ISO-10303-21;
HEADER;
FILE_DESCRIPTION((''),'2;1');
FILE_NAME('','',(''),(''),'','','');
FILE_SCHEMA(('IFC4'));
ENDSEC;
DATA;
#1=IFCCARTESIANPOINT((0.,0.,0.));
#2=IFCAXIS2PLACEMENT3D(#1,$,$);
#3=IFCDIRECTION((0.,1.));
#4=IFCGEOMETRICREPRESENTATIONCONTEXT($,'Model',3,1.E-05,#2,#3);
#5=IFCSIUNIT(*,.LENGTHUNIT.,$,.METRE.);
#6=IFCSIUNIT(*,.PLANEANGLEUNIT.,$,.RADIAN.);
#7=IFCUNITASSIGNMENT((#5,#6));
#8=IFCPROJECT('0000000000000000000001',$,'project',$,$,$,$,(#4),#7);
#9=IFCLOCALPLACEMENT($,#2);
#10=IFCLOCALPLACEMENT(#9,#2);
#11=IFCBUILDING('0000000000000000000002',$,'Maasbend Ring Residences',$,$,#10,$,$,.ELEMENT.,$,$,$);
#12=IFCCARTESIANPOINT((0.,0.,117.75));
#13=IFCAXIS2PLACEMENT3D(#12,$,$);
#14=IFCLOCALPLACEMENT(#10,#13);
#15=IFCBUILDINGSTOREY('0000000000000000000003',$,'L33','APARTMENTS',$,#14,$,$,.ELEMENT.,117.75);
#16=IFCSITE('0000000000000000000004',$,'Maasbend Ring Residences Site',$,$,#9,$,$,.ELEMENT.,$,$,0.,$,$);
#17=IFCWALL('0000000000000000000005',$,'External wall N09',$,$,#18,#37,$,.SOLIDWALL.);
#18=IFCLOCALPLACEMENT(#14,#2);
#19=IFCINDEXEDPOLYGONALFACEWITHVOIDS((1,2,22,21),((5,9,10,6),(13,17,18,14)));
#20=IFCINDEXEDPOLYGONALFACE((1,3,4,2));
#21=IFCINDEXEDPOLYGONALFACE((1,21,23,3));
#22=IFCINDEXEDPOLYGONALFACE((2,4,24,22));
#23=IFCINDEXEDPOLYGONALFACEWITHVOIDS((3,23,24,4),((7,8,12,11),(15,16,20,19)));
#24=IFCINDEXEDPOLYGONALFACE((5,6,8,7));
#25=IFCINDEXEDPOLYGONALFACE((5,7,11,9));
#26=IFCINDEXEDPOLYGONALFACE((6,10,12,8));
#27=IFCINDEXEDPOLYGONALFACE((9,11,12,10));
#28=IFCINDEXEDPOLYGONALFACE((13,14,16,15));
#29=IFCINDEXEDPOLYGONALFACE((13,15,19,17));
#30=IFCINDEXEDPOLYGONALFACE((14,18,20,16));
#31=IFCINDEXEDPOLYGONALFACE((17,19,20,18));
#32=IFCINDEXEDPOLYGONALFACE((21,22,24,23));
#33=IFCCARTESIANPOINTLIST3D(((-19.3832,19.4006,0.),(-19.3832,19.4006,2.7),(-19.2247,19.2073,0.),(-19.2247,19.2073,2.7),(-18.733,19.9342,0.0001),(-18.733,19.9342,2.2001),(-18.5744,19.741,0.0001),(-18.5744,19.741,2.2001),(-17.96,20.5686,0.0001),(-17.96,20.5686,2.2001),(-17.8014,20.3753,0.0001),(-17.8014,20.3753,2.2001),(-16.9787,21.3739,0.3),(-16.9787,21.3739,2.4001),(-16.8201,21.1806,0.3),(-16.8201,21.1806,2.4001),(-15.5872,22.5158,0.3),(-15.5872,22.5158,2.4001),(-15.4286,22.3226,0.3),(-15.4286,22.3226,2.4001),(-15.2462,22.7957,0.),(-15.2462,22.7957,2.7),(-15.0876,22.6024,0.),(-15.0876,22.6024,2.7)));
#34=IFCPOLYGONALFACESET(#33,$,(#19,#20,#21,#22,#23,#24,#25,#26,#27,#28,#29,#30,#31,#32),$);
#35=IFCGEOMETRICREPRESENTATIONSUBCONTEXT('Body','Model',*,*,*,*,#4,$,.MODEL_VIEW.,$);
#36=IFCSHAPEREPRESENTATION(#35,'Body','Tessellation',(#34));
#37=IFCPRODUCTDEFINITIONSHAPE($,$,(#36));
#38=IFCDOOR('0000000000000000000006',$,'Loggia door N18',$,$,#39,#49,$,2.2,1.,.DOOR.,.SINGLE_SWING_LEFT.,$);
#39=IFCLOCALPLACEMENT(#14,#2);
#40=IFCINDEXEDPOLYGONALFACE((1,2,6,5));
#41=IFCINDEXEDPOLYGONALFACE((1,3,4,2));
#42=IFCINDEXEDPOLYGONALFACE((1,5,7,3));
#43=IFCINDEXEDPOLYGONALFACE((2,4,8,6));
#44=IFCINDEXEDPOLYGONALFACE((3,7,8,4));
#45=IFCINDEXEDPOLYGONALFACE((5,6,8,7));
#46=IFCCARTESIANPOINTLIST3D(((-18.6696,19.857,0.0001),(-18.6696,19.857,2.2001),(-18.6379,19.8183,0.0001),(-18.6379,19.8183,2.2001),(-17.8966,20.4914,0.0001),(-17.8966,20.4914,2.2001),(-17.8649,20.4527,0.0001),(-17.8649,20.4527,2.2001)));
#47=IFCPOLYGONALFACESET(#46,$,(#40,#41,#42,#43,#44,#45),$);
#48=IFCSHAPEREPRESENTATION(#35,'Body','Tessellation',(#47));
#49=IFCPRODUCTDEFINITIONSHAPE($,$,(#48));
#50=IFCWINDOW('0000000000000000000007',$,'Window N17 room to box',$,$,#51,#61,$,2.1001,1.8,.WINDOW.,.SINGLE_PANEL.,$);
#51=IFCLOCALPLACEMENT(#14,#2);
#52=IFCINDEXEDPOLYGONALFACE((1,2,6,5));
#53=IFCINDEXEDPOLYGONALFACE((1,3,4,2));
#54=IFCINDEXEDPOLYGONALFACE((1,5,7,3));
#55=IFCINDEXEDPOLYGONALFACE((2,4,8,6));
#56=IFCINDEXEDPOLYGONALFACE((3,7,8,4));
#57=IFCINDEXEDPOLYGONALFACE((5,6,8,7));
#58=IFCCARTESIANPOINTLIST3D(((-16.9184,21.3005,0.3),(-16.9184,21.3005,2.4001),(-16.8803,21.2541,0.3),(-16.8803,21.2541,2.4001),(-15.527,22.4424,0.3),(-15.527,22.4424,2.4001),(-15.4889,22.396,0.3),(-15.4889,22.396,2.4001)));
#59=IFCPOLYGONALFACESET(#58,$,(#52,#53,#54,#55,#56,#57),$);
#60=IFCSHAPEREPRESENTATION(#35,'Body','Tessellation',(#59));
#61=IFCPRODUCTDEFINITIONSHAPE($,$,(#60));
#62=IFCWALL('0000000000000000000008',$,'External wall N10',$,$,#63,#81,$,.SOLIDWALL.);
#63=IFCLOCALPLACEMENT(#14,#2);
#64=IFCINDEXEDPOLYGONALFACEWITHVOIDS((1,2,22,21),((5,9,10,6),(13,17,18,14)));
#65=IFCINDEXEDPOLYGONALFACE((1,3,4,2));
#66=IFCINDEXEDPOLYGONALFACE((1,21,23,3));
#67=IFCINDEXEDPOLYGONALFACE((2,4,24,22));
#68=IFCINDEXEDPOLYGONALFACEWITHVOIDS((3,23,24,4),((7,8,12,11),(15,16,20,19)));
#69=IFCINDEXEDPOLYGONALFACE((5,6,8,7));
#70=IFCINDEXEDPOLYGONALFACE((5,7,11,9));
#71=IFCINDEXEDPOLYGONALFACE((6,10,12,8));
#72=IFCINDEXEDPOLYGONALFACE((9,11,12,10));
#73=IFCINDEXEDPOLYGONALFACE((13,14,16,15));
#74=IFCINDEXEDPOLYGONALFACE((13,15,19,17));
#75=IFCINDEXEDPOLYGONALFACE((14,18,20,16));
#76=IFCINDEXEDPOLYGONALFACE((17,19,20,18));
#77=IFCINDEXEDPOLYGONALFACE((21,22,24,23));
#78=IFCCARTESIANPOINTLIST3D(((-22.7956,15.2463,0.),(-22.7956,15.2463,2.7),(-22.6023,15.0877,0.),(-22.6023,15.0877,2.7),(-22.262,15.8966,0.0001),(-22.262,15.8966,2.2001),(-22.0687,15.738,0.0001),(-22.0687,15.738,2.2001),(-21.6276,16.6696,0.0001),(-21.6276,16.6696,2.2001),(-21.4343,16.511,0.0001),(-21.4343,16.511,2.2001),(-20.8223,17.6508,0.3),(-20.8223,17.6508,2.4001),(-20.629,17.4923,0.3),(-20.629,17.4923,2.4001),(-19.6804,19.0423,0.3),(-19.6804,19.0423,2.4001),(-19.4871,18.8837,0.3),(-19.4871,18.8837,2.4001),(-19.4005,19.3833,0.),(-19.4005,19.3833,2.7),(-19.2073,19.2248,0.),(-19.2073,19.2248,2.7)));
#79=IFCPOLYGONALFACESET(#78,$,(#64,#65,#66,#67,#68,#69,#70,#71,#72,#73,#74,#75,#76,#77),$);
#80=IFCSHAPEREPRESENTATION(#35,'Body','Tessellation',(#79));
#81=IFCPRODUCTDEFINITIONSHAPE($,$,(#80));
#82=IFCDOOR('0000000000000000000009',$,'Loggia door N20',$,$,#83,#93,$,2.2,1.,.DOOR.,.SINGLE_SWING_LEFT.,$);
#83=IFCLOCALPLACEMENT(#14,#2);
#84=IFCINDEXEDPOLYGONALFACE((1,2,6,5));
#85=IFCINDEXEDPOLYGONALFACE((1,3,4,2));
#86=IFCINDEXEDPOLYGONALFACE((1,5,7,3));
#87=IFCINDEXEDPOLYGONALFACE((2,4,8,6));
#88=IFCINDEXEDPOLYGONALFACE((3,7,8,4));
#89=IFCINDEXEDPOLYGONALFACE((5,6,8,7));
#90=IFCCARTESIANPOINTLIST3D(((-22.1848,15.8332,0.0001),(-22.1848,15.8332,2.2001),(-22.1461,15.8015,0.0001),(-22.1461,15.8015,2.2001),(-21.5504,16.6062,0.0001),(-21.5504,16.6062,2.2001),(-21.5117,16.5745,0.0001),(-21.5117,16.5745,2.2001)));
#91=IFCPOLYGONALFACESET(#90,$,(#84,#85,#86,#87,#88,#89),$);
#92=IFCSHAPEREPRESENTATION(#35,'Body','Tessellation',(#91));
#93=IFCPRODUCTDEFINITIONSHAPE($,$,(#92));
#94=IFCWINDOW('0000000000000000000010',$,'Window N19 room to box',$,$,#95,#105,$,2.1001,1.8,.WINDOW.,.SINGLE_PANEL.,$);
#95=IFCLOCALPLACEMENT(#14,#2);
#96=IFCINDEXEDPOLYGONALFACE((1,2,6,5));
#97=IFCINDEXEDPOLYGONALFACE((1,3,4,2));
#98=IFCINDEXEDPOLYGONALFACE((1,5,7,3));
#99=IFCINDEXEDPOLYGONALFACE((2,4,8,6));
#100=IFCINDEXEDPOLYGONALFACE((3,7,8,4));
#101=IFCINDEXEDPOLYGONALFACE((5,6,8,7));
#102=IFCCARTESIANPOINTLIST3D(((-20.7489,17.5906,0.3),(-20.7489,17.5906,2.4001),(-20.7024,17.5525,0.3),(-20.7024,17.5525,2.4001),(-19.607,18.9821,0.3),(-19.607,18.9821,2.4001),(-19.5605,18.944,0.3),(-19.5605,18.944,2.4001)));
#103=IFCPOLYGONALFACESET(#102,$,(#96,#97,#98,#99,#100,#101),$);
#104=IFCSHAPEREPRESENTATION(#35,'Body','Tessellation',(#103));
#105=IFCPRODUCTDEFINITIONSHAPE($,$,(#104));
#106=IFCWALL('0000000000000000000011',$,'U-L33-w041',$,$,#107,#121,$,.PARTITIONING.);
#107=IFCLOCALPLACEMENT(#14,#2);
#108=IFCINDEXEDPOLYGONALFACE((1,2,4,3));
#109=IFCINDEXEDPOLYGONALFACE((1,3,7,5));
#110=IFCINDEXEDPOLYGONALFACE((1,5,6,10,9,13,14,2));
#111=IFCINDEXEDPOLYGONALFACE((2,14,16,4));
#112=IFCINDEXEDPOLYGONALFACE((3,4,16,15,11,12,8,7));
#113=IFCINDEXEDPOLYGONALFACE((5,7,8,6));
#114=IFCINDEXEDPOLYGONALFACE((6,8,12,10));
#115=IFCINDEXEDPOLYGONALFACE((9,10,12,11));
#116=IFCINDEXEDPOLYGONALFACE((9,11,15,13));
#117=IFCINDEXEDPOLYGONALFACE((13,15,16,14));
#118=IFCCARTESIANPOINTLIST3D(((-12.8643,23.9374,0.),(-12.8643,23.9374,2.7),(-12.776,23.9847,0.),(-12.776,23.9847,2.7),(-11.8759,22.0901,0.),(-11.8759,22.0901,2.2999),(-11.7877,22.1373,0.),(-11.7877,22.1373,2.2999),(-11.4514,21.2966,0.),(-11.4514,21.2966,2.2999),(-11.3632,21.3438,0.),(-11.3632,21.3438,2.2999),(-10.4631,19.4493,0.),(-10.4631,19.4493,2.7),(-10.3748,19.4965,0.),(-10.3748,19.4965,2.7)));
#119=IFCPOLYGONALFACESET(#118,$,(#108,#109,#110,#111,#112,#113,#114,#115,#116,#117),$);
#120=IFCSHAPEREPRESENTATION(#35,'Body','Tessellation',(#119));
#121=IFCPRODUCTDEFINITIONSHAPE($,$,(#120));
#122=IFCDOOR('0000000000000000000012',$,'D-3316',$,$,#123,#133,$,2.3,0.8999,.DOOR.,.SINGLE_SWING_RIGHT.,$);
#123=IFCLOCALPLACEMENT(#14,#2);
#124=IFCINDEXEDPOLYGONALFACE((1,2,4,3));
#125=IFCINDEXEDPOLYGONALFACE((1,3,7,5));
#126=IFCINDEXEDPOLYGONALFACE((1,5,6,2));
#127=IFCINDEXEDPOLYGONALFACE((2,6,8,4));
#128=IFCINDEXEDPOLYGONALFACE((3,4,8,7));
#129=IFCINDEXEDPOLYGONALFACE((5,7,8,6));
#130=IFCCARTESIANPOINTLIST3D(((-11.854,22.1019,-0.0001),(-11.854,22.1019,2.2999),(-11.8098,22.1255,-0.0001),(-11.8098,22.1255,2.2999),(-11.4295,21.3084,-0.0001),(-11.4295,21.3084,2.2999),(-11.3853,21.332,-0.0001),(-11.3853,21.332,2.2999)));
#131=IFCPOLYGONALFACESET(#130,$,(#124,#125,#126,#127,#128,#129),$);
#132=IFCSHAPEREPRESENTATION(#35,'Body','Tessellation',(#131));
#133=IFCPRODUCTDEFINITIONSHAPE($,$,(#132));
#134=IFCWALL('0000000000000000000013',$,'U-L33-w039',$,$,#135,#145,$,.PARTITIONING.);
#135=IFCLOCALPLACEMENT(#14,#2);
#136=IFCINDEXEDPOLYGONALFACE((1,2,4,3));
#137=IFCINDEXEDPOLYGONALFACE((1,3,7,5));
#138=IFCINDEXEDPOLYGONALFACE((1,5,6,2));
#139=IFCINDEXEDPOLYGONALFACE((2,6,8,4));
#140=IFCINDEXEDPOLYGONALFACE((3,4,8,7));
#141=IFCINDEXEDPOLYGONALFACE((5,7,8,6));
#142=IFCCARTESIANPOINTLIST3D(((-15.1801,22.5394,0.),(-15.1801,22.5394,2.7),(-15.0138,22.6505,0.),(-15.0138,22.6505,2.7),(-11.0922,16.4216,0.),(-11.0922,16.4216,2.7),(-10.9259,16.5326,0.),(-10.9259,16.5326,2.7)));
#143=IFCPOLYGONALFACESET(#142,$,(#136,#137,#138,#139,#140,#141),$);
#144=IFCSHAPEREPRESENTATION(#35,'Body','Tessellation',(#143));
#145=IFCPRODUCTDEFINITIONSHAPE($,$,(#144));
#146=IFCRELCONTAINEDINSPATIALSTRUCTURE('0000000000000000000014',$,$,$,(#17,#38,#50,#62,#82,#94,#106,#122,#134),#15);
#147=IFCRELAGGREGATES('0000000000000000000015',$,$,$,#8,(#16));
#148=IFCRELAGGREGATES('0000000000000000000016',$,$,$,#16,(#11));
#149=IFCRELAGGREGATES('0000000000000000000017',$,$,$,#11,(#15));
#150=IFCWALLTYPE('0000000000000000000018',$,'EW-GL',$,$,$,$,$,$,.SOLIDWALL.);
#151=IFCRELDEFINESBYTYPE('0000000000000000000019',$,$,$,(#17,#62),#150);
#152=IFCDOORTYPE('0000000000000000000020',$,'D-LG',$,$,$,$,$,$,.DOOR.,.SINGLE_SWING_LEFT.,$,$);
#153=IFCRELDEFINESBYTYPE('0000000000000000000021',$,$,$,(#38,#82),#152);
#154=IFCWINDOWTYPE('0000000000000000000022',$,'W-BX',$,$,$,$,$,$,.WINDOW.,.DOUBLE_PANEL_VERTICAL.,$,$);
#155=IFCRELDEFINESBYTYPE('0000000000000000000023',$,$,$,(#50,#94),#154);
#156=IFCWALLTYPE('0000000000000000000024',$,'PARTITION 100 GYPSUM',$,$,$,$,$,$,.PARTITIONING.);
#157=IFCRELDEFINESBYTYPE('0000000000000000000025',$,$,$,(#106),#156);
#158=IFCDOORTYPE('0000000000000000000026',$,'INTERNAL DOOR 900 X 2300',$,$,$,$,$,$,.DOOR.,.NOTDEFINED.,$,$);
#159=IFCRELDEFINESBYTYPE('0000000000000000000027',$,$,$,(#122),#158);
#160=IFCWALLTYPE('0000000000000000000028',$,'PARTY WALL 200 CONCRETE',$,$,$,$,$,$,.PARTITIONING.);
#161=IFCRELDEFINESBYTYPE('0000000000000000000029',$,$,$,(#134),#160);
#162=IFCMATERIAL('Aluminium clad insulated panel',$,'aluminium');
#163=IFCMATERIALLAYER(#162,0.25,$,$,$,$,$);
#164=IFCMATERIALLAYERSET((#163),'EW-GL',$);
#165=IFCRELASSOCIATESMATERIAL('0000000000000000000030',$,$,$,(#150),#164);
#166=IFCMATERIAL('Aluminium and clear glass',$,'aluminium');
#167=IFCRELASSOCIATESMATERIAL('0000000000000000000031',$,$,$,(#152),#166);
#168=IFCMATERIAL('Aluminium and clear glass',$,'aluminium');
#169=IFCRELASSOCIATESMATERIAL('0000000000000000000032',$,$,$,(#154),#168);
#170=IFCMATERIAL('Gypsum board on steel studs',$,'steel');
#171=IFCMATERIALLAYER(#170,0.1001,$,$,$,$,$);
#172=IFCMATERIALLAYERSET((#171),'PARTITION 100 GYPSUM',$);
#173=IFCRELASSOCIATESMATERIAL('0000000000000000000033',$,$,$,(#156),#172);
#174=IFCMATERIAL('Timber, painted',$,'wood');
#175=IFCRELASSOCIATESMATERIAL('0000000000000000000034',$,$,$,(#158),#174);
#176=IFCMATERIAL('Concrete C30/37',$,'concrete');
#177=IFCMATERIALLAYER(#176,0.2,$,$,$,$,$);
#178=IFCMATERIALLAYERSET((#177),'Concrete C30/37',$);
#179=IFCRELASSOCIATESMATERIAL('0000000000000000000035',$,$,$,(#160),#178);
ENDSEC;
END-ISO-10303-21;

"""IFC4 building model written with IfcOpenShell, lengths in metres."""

from ifc_helpers import new_model, si_unit, direction, frame, frame_2d, origin, place, context, subcontext, project, spatial, rectangle, extrude, material, layer, layer_set, type_object, element, fill, save


model = new_model("IFC4")

# Units and contexts
model_context = context("Model", 3, precision=1e-05, world=origin(), true_north=direction((0.0, 1.0)))
body_context = subcontext(model_context, "Body", "Model", "MODEL_VIEW")
ifc_project = project(units=[si_unit("LENGTHUNIT", "METRE"), si_unit("PLANEANGLEUNIT", "RADIAN")], contexts=[model_context])

# Site, building, storey
site_placement = place(None, origin())
site = spatial("IfcSite", under=ifc_project, at=site_placement, Name="Maasbend Ring Residences Site", CompositionType="ELEMENT", RefElevation=0.0)
building_placement = place(site_placement, origin())
building = spatial("IfcBuilding", under=site, at=building_placement, Name="Maasbend Ring Residences", CompositionType="ELEMENT")
storey_placement = place(building_placement, frame((0.0, 0.0, 117.75)))
storey = spatial("IfcBuildingStorey", under=building, at=storey_placement, Name="L33", Description="APARTMENTS", CompositionType="ELEMENT", Elevation=117.75)

# Walls, openings, doors, windows
ifc_material_1 = material(Name="Aluminium clad insulated panel", Category="aluminium")
ifc_layer_1 = layer(ifc_material_1, 0.25)
ifc_layer_set_1 = layer_set([ifc_layer_1], Name="EW-GL")
wall_type_1 = type_object("IfcWallType", Name="EW-GL", PredefinedType="SOLIDWALL", material=ifc_layer_set_1)
wall_1_placement = place(storey_placement, frame((-15.167, 22.699, 0.0), z_axis=(0.0, 0.0, 1.0), x_axis=(-0.773019, -0.634382, 0.0)))
wall_1 = element("IfcWall", 1, at=wall_1_placement, inside=storey, type_object=wall_type_1, Name="External wall N09", PredefinedType="SOLIDWALL", context=body_context, shape_type="SweptSolid", body=[
    extrude(rectangle(XDim=5.3518, YDim=0.25, at=frame_2d((2.6758, 0.0))), origin(), (0.0, 0.0, 1.0), 2.7),
])
opening_1_placement = place(wall_1_placement, frame((0.4412, 0.0, 0.3)))
opening_1 = element("IfcOpeningElement", 2, at=opening_1_placement, cuts=wall_1, PredefinedType="OPENING", context=body_context, shape_type="SweptSolid", body=[
    extrude(rectangle(XDim=1.8, YDim=2.1001, at=frame_2d((0.8999, 1.05))), frame((0.0, 0.135, 0.0), z_axis=(0.0, -1.0, 0.0), x_axis=(1.0, 0.0, 0.0)), (0.0, 0.0, 1.0), 0.27),
])
opening_2_placement = place(wall_1_placement, frame((3.5105, 0.0, 0.0)))
opening_2 = element("IfcOpeningElement", 3, at=opening_2_placement, cuts=wall_1, PredefinedType="OPENING", context=body_context, shape_type="SweptSolid", body=[
    extrude(rectangle(XDim=1.0, YDim=2.2, at=frame_2d((0.5, 1.1001))), frame((0.0, 0.135, 0.0), z_axis=(0.0, -1.0, 0.0), x_axis=(1.0, 0.0, 0.0)), (0.0, 0.0, 1.0), 0.27),
])
ifc_material_2 = material(Name="Aluminium and clear glass", Category="aluminium")
door_type_1 = type_object("IfcDoorType", Name="D-LG", OperationType="SINGLE_SWING_LEFT", PredefinedType="DOOR", material=ifc_material_2)
door_1_placement = place(opening_2_placement, origin())
door_1 = element("IfcDoor", 4, at=door_1_placement, inside=storey, type_object=door_type_1, Name="Loggia door N18", OperationType="SINGLE_SWING_LEFT", OverallHeight=2.2, OverallWidth=1.0, PredefinedType="DOOR", context=body_context, shape_type="SweptSolid", body=[
    extrude(rectangle(XDim=1.0, YDim=2.2, at=frame_2d((0.5, 1.1001))), frame((0.0, 0.0249, 0.0), z_axis=(0.0, -1.0, 0.0), x_axis=(1.0, 0.0, 0.0)), (0.0, 0.0, 1.0), 0.05),
])
fill(opening_2, door_1)
ifc_material_3 = material(Name="Aluminium and clear glass", Category="aluminium")
window_type_1 = type_object("IfcWindowType", Name="W-BX", PartitioningType="DOUBLE_PANEL_VERTICAL", PredefinedType="WINDOW", material=ifc_material_3)
window_1_placement = place(opening_1_placement, origin())
window_1 = element("IfcWindow", 5, at=window_1_placement, inside=storey, type_object=window_type_1, Name="Window N17 room to box", OverallHeight=2.1001, OverallWidth=1.8, PartitioningType="SINGLE_PANEL", PredefinedType="WINDOW", context=body_context, shape_type="SweptSolid", body=[
    extrude(rectangle(XDim=1.8, YDim=2.1001, at=frame_2d((0.8999, 1.05))), frame((0.0, 0.03, 0.0), z_axis=(0.0, -1.0, 0.0), x_axis=(1.0, 0.0, 0.0)), (0.0, 0.0, 1.0), 0.0601),
])
fill(opening_1, window_1)
wall_2_placement = place(storey_placement, frame((-19.304, 19.304, 0.0), z_axis=(0.0, 0.0, 1.0), x_axis=(-0.634382, -0.773019, 0.0)))
wall_2 = element("IfcWall", 6, at=wall_2_placement, inside=storey, type_object=wall_type_1, Name="External wall N10", PredefinedType="SOLIDWALL", context=body_context, shape_type="SweptSolid", body=[
    extrude(rectangle(XDim=5.3518, YDim=0.25, at=frame_2d((2.6758, 0.0))), origin(), (0.0, 0.0, 1.0), 2.7),
])
opening_3_placement = place(wall_2_placement, frame((0.4412, 0.0, 0.3)))
opening_3 = element("IfcOpeningElement", 7, at=opening_3_placement, cuts=wall_2, PredefinedType="OPENING", context=body_context, shape_type="SweptSolid", body=[
    extrude(rectangle(XDim=1.8, YDim=2.1001, at=frame_2d((0.8999, 1.05))), frame((0.0, 0.135, 0.0), z_axis=(0.0, -1.0, 0.0), x_axis=(1.0, 0.0, 0.0)), (0.0, 0.0, 1.0), 0.27),
])
opening_4_placement = place(wall_2_placement, frame((3.5105, 0.0, 0.0)))
opening_4 = element("IfcOpeningElement", 8, at=opening_4_placement, cuts=wall_2, PredefinedType="OPENING", context=body_context, shape_type="SweptSolid", body=[
    extrude(rectangle(XDim=1.0, YDim=2.2, at=frame_2d((0.5, 1.1001))), frame((0.0, 0.135, 0.0), z_axis=(0.0, -1.0, 0.0), x_axis=(1.0, 0.0, 0.0)), (0.0, 0.0, 1.0), 0.27),
])
door_2_placement = place(opening_4_placement, origin())
door_2 = element("IfcDoor", 9, at=door_2_placement, inside=storey, type_object=door_type_1, Name="Loggia door N20", OperationType="SINGLE_SWING_LEFT", OverallHeight=2.2, OverallWidth=1.0, PredefinedType="DOOR", context=body_context, shape_type="SweptSolid", body=[
    extrude(rectangle(XDim=1.0, YDim=2.2, at=frame_2d((0.5, 1.1001))), frame((0.0, 0.0249, 0.0), z_axis=(0.0, -1.0, 0.0), x_axis=(1.0, 0.0, 0.0)), (0.0, 0.0, 1.0), 0.05),
])
fill(opening_4, door_2)
window_2_placement = place(opening_3_placement, origin())
window_2 = element("IfcWindow", 10, at=window_2_placement, inside=storey, type_object=window_type_1, Name="Window N19 room to box", OverallHeight=2.1001, OverallWidth=1.8, PartitioningType="SINGLE_PANEL", PredefinedType="WINDOW", context=body_context, shape_type="SweptSolid", body=[
    extrude(rectangle(XDim=1.8, YDim=2.1001, at=frame_2d((0.8999, 1.05))), frame((0.0, 0.03, 0.0), z_axis=(0.0, -1.0, 0.0), x_axis=(1.0, 0.0, 0.0)), (0.0, 0.0, 1.0), 0.0601),
])
fill(opening_3, window_2)

# Wall, opening, door
ifc_material_4 = material(Name="Gypsum board on steel studs", Category="steel")
ifc_layer_2 = layer(ifc_material_4, 0.1001)
ifc_layer_set_2 = layer_set([ifc_layer_2], Name="PARTITION 100 GYPSUM")
wall_type_2 = type_object("IfcWallType", Name="PARTITION 100 GYPSUM", PredefinedType="PARTITIONING", material=ifc_layer_set_2)
wall_3_placement = place(storey_placement, frame((-12.8201, 23.9609, 0.0), z_axis=(0.0, 0.0, 1.0), x_axis=(0.471736, -0.88174, 0.0)))
wall_3 = element("IfcWall", 11, at=wall_3_placement, inside=storey, type_object=wall_type_2, Name="U-L33-w041", PredefinedType="PARTITIONING", context=body_context, shape_type="SweptSolid", body=[
    extrude(rectangle(XDim=5.0901, YDim=0.1001, at=frame_2d((2.5449, 0.0))), origin(), (0.0, 0.0, 1.0), 2.7),
])
opening_5_placement = place(wall_3_placement, frame((2.095, 0.0, 0.0)))
opening_5 = element("IfcOpeningElement", 12, at=opening_5_placement, cuts=wall_3, PredefinedType="OPENING", context=body_context, shape_type="SweptSolid", body=[
    extrude(rectangle(XDim=0.8999, YDim=2.3, at=frame_2d((0.45, 1.1499))), frame((0.0, 0.0601, 0.0), z_axis=(0.0, -1.0, 0.0), x_axis=(1.0, 0.0, 0.0)), (0.0, 0.0, 1.0), 0.1201),
])
ifc_material_5 = material(Name="Timber, painted", Category="wood")
door_type_2 = type_object("IfcDoorType", Name="INTERNAL DOOR 900 X 2300", OperationType="NOTDEFINED", PredefinedType="DOOR", material=ifc_material_5)
door_3_placement = place(opening_5_placement, origin())
door_3 = element("IfcDoor", 13, at=door_3_placement, inside=storey, type_object=door_type_2, Name="D-3316", OperationType="SINGLE_SWING_RIGHT", OverallHeight=2.3, OverallWidth=0.8999, PredefinedType="DOOR", context=body_context, shape_type="SweptSolid", body=[
    extrude(rectangle(XDim=0.8999, YDim=2.3, at=frame_2d((0.45, 1.1499))), frame((0.0, 0.0249, 0.0), z_axis=(0.0, -1.0, 0.0), x_axis=(1.0, 0.0, 0.0)), (0.0, 0.0, 1.0), 0.05),
])
fill(opening_5, door_3)

# Wall
ifc_material_6 = material(Name="Concrete C30/37", Category="concrete")
ifc_layer_3 = layer(ifc_material_6, 0.2)
ifc_layer_set_3 = layer_set([ifc_layer_3], Name="Concrete C30/37")
wall_type_3 = type_object("IfcWallType", Name="PARTY WALL 200 CONCRETE", PredefinedType="PARTITIONING", material=ifc_layer_set_3)
wall_4_placement = place(storey_placement, frame((-15.0969, 22.595, 0.0), z_axis=(0.0, 0.0, 1.0), x_axis=(0.555573, -0.831468, 0.0)))
element("IfcWall", 14, at=wall_4_placement, inside=storey, type_object=wall_type_3, Name="U-L33-w039", PredefinedType="PARTITIONING", context=body_context, shape_type="SweptSolid", body=[
    extrude(rectangle(XDim=7.3579, YDim=0.2, at=frame_2d((3.679, 0.0))), origin(), (0.0, 0.0, 1.0), 2.7),
])

save(model, "model.ifc")
